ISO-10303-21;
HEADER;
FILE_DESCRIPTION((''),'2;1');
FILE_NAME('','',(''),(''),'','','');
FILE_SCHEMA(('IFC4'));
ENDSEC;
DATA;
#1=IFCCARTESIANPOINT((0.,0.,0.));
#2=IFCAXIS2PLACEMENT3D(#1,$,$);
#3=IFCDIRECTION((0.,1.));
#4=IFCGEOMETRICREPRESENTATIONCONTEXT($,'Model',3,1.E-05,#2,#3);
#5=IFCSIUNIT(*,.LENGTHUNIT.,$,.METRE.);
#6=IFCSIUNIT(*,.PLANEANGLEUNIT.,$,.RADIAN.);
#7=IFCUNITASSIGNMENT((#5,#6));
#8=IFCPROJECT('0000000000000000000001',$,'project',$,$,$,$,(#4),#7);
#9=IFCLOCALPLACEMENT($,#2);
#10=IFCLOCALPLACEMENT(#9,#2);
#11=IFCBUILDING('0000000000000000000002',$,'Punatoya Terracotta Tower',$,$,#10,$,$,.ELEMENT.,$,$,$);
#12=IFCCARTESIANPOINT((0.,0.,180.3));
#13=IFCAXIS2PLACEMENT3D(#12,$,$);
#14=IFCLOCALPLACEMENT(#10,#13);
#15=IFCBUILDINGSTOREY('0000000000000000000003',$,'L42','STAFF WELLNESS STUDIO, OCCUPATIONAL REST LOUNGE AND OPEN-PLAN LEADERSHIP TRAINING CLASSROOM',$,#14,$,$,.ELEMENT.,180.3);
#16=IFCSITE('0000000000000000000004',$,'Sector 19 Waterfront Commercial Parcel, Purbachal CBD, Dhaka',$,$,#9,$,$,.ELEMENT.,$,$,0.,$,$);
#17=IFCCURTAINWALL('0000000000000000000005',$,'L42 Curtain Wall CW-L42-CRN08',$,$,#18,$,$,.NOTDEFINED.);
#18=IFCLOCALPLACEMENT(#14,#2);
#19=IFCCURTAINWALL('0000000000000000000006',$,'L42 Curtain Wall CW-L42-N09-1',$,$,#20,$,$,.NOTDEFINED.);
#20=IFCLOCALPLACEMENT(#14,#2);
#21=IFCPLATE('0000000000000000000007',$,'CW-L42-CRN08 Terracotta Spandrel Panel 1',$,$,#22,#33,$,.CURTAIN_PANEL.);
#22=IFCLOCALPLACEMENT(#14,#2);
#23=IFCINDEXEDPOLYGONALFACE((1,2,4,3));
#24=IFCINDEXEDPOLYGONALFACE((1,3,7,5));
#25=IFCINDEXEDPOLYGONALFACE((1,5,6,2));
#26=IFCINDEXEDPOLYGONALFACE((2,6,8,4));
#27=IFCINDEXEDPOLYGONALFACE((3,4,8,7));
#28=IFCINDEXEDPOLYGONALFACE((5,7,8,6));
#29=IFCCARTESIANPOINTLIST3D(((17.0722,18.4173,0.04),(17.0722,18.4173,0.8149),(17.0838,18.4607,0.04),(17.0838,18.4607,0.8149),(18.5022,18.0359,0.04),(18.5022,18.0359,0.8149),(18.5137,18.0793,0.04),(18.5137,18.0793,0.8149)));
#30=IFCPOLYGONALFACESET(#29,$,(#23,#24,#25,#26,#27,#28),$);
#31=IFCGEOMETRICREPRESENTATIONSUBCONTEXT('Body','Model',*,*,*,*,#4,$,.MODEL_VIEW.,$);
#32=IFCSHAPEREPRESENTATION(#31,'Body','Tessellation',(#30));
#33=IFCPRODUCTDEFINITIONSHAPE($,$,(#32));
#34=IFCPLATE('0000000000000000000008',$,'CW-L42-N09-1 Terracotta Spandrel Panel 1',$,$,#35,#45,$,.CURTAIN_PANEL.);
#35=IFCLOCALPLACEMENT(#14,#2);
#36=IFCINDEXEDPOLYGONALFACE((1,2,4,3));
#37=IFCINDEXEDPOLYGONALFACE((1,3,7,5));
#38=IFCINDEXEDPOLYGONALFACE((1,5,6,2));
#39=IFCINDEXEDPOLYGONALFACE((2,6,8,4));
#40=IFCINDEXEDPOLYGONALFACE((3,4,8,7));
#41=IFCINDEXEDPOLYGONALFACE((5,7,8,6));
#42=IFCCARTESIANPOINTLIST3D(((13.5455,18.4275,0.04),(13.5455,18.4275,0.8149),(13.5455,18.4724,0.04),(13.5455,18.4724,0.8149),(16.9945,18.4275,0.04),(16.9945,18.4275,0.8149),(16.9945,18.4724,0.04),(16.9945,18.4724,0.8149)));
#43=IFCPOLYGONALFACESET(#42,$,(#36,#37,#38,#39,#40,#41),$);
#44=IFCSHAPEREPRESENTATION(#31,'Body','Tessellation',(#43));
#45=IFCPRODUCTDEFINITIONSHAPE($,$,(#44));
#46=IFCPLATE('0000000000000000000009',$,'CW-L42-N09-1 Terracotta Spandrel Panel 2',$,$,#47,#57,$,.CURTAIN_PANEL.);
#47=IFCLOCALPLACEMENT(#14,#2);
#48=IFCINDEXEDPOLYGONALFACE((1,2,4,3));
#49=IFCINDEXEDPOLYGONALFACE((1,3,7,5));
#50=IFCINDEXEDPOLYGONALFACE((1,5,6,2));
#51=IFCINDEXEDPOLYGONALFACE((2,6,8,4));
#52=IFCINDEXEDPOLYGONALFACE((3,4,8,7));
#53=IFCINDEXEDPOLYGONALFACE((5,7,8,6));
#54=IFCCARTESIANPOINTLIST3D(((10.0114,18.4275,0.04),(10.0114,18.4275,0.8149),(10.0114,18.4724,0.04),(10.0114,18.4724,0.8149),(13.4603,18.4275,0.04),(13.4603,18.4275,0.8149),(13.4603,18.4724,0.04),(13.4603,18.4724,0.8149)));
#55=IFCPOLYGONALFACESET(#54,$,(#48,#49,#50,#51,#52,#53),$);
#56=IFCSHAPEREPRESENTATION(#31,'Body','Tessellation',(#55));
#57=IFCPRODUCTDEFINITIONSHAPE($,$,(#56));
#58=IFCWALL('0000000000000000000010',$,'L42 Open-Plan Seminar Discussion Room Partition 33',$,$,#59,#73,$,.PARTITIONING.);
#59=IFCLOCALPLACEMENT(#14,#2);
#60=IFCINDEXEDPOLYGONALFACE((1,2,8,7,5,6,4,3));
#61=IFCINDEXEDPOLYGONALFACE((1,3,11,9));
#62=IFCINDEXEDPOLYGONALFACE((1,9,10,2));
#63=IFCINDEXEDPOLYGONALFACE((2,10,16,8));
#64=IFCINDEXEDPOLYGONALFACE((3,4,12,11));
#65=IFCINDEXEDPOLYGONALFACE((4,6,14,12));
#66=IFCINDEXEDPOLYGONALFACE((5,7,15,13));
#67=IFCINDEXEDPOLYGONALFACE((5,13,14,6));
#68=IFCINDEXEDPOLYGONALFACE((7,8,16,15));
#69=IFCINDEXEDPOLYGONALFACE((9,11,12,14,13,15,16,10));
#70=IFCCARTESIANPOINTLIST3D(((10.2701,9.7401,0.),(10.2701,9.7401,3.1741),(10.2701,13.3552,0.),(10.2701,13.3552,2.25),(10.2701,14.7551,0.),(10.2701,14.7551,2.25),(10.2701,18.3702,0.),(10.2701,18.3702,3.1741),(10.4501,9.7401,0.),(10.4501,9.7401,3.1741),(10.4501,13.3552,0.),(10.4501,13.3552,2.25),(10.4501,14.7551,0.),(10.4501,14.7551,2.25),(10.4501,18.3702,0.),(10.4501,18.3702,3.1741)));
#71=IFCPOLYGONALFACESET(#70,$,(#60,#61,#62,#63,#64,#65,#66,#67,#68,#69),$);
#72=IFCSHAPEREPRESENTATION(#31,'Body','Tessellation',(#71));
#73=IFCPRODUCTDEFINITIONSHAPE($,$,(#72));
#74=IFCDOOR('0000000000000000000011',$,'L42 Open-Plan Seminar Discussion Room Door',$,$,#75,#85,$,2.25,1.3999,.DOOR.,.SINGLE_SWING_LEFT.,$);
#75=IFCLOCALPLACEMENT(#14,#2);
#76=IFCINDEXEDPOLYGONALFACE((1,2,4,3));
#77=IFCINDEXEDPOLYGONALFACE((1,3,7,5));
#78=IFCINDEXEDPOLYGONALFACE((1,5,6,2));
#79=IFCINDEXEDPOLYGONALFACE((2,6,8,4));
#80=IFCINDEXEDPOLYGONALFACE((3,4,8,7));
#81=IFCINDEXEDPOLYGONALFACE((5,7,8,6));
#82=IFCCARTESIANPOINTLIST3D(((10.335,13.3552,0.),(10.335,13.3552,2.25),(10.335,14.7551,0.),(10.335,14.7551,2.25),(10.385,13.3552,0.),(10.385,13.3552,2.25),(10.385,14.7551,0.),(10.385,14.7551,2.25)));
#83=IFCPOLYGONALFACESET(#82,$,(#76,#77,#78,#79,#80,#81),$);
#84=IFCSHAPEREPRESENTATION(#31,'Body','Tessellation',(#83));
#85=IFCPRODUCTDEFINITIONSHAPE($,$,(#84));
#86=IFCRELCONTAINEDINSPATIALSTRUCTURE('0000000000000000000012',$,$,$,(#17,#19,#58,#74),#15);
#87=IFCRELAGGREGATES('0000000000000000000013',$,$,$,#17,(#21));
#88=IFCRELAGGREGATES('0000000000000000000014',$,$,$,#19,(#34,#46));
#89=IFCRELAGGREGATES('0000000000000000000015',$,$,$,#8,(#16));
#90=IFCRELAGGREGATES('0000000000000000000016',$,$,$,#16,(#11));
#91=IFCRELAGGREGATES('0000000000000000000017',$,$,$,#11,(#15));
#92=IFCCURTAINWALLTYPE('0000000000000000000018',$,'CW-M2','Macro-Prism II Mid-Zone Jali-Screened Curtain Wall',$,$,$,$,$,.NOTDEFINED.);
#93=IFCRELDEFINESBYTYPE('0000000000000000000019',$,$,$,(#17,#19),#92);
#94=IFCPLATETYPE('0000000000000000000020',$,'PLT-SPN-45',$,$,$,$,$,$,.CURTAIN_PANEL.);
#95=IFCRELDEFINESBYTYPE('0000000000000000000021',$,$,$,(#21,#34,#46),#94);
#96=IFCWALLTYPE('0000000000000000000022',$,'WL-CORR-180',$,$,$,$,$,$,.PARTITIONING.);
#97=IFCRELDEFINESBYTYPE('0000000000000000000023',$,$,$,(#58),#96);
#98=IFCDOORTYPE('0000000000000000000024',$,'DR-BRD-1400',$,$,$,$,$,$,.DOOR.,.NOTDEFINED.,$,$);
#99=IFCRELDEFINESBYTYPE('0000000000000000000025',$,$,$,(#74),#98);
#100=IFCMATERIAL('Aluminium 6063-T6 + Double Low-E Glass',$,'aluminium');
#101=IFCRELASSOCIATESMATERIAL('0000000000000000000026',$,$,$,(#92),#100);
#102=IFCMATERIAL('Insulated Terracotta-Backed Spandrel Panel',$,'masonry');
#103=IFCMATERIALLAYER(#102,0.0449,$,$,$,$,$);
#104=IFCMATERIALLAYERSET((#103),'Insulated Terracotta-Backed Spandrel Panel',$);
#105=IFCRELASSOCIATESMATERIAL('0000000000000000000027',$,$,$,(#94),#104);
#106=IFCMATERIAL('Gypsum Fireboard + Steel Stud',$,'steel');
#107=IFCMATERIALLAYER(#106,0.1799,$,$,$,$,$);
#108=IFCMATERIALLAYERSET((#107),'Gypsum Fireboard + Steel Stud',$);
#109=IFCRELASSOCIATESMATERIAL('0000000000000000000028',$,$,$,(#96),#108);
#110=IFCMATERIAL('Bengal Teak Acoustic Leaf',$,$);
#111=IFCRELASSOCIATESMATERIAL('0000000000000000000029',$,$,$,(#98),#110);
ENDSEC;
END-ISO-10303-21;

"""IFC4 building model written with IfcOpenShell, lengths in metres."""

from ifc_helpers import new_model, si_unit, direction, frame, frame_2d, origin, origin_2d, place, context, subcontext, project, spatial, rectangle, extrude, material, layer, layer_set, type_object, element, fill, aggregate, save


model = new_model("IFC4")

# Units and contexts
model_context = context("Model", 3, precision=1e-05, world=origin(), true_north=direction((0.0, 1.0)))
body_context = subcontext(model_context, "Body", "Model", "MODEL_VIEW")
ifc_project = project(units=[si_unit("LENGTHUNIT", "METRE"), si_unit("PLANEANGLEUNIT", "RADIAN")], contexts=[model_context])

# Site, building, storey
site_placement = place(None, origin())
site = spatial("IfcSite", under=ifc_project, at=site_placement, Name="Sector 19 Waterfront Commercial Parcel, Purbachal CBD, Dhaka", CompositionType="ELEMENT", RefElevation=0.0)
building_placement = place(site_placement, origin())
building = spatial("IfcBuilding", under=site, at=building_placement, Name="Punatoya Terracotta Tower", CompositionType="ELEMENT")
storey_placement = place(building_placement, frame((0.0, 0.0, 180.3)))
storey = spatial("IfcBuildingStorey", under=building, at=storey_placement, Name="L42", Description="STAFF WELLNESS STUDIO, OCCUPATIONAL REST LOUNGE AND OPEN-PLAN LEADERSHIP TRAINING CLASSROOM", CompositionType="ELEMENT", Elevation=180.3)

# Shared definitions
ifc_material_1 = material(Name="Aluminium 6063-T6 + Double Low-E Glass", Category="aluminium")
curtain_wall_type = type_object("IfcCurtainWallType", Name="CW-M2", Description="Macro-Prism II Mid-Zone Jali-Screened Curtain Wall", PredefinedType="NOTDEFINED", material=ifc_material_1)

# Curtain walls
curtain_wall_1_placement = place(storey_placement, origin())
curtain_wall_1 = element("IfcCurtainWall", 1, at=curtain_wall_1_placement, inside=storey, type_object=curtain_wall_type, Name="L42 Curtain Wall CW-L42-CRN08", PredefinedType="NOTDEFINED")
curtain_wall_2_placement = place(storey_placement, origin())
curtain_wall_2 = element("IfcCurtainWall", 2, at=curtain_wall_2_placement, inside=storey, type_object=curtain_wall_type, Name="L42 Curtain Wall CW-L42-N09-1", PredefinedType="NOTDEFINED")

# Plates
ifc_material_2 = material(Name="Insulated Terracotta-Backed Spandrel Panel", Category="masonry")
ifc_layer_1 = layer(ifc_material_2, 0.0449)
ifc_layer_set_1 = layer_set([ifc_layer_1], Name="Insulated Terracotta-Backed Spandrel Panel")
plate_type_1 = type_object("IfcPlateType", Name="PLT-SPN-45", PredefinedType="CURTAIN_PANEL", material=ifc_layer_set_1)
plate_1_placement = place(storey_placement, frame((17.793, 18.2483, 0.04), z_axis=(0.0, 0.0, 1.0), x_axis=(-0.966214, 0.257742, 0.0)))
plate_1 = element("IfcPlate", 3, at=plate_1_placement, type_object=plate_type_1, Name="CW-L42-CRN08 Terracotta Spandrel Panel 1", PredefinedType="CURTAIN_PANEL", context=body_context, shape_type="SweptSolid", body=[
    extrude(rectangle(XDim=1.48, YDim=0.0449, at=origin_2d()), origin(), (0.0, 0.0, 1.0), 0.7749),
])
aggregate(curtain_wall_1, [plate_1])
plate_2_placement = place(storey_placement, frame((15.27, 18.45, 0.04), z_axis=(0.0, 0.0, 1.0), x_axis=(-1.0, 0.0, 0.0)))
plate_2 = element("IfcPlate", 4, at=plate_2_placement, type_object=plate_type_1, Name="CW-L42-N09-1 Terracotta Spandrel Panel 1", PredefinedType="CURTAIN_PANEL", context=body_context, shape_type="SweptSolid", body=[
    extrude(rectangle(XDim=3.449, YDim=0.0449, at=origin_2d()), origin(), (0.0, 0.0, 1.0), 0.7749),
])
plate_3_placement = place(storey_placement, frame((11.7358, 18.45, 0.04), z_axis=(0.0, 0.0, 1.0), x_axis=(-1.0, 0.0, 0.0)))
plate_3 = element("IfcPlate", 5, at=plate_3_placement, type_object=plate_type_1, Name="CW-L42-N09-1 Terracotta Spandrel Panel 2", PredefinedType="CURTAIN_PANEL", context=body_context, shape_type="SweptSolid", body=[
    extrude(rectangle(XDim=3.449, YDim=0.0449, at=origin_2d()), origin(), (0.0, 0.0, 1.0), 0.7749),
])
aggregate(curtain_wall_2, [plate_2, plate_3])

# Wall, opening, door
ifc_material_3 = material(Name="Gypsum Fireboard + Steel Stud", Category="steel")
ifc_layer_2 = layer(ifc_material_3, 0.1799)
ifc_layer_set_2 = layer_set([ifc_layer_2], Name="Gypsum Fireboard + Steel Stud")
wall_type = type_object("IfcWallType", Name="WL-CORR-180", PredefinedType="PARTITIONING", material=ifc_layer_set_2)
wall_placement = place(storey_placement, frame((10.3601, 18.3701, 0.0), z_axis=(0.0, 0.0, 1.0), x_axis=(0.0, -1.0, 0.0)))
wall = element("IfcWall", 6, at=wall_placement, inside=storey, type_object=wall_type, Name="L42 Open-Plan Seminar Discussion Room Partition 33", PredefinedType="PARTITIONING", context=body_context, shape_type="SweptSolid", body=[
    extrude(rectangle(XDim=8.6301, YDim=0.1799, at=frame_2d((4.3149, 0.0))), origin(), (0.0, 0.0, 1.0), 3.1741),
])
opening_placement = place(wall_placement, frame((3.615, 0.0, 0.0)))
opening = element("IfcOpeningElement", 7, at=opening_placement, cuts=wall, PredefinedType="OPENING", context=body_context, shape_type="SweptSolid", body=[
    extrude(rectangle(XDim=1.3999, YDim=2.25, at=frame_2d((0.7, 1.125))), frame((0.0, 0.0999, 0.0), z_axis=(0.0, -1.0, 0.0), x_axis=(1.0, 0.0, 0.0)), (0.0, 0.0, 1.0), 0.2),
])
ifc_material_4 = material(Name="Bengal Teak Acoustic Leaf")
door_type = type_object("IfcDoorType", Name="DR-BRD-1400", OperationType="NOTDEFINED", PredefinedType="DOOR", material=ifc_material_4)
door_placement = place(opening_placement, origin())
door = element("IfcDoor", 8, at=door_placement, inside=storey, type_object=door_type, Name="L42 Open-Plan Seminar Discussion Room Door", OperationType="SINGLE_SWING_LEFT", OverallHeight=2.25, OverallWidth=1.3999, PredefinedType="DOOR", context=body_context, shape_type="SweptSolid", body=[
    extrude(rectangle(XDim=1.3999, YDim=2.25, at=frame_2d((0.7, 1.125))), frame((0.0, 0.0249, 0.0), z_axis=(0.0, -1.0, 0.0), x_axis=(1.0, 0.0, 0.0)), (0.0, 0.0, 1.0), 0.05),
])
fill(opening, door)

save(model, "model.ifc")
